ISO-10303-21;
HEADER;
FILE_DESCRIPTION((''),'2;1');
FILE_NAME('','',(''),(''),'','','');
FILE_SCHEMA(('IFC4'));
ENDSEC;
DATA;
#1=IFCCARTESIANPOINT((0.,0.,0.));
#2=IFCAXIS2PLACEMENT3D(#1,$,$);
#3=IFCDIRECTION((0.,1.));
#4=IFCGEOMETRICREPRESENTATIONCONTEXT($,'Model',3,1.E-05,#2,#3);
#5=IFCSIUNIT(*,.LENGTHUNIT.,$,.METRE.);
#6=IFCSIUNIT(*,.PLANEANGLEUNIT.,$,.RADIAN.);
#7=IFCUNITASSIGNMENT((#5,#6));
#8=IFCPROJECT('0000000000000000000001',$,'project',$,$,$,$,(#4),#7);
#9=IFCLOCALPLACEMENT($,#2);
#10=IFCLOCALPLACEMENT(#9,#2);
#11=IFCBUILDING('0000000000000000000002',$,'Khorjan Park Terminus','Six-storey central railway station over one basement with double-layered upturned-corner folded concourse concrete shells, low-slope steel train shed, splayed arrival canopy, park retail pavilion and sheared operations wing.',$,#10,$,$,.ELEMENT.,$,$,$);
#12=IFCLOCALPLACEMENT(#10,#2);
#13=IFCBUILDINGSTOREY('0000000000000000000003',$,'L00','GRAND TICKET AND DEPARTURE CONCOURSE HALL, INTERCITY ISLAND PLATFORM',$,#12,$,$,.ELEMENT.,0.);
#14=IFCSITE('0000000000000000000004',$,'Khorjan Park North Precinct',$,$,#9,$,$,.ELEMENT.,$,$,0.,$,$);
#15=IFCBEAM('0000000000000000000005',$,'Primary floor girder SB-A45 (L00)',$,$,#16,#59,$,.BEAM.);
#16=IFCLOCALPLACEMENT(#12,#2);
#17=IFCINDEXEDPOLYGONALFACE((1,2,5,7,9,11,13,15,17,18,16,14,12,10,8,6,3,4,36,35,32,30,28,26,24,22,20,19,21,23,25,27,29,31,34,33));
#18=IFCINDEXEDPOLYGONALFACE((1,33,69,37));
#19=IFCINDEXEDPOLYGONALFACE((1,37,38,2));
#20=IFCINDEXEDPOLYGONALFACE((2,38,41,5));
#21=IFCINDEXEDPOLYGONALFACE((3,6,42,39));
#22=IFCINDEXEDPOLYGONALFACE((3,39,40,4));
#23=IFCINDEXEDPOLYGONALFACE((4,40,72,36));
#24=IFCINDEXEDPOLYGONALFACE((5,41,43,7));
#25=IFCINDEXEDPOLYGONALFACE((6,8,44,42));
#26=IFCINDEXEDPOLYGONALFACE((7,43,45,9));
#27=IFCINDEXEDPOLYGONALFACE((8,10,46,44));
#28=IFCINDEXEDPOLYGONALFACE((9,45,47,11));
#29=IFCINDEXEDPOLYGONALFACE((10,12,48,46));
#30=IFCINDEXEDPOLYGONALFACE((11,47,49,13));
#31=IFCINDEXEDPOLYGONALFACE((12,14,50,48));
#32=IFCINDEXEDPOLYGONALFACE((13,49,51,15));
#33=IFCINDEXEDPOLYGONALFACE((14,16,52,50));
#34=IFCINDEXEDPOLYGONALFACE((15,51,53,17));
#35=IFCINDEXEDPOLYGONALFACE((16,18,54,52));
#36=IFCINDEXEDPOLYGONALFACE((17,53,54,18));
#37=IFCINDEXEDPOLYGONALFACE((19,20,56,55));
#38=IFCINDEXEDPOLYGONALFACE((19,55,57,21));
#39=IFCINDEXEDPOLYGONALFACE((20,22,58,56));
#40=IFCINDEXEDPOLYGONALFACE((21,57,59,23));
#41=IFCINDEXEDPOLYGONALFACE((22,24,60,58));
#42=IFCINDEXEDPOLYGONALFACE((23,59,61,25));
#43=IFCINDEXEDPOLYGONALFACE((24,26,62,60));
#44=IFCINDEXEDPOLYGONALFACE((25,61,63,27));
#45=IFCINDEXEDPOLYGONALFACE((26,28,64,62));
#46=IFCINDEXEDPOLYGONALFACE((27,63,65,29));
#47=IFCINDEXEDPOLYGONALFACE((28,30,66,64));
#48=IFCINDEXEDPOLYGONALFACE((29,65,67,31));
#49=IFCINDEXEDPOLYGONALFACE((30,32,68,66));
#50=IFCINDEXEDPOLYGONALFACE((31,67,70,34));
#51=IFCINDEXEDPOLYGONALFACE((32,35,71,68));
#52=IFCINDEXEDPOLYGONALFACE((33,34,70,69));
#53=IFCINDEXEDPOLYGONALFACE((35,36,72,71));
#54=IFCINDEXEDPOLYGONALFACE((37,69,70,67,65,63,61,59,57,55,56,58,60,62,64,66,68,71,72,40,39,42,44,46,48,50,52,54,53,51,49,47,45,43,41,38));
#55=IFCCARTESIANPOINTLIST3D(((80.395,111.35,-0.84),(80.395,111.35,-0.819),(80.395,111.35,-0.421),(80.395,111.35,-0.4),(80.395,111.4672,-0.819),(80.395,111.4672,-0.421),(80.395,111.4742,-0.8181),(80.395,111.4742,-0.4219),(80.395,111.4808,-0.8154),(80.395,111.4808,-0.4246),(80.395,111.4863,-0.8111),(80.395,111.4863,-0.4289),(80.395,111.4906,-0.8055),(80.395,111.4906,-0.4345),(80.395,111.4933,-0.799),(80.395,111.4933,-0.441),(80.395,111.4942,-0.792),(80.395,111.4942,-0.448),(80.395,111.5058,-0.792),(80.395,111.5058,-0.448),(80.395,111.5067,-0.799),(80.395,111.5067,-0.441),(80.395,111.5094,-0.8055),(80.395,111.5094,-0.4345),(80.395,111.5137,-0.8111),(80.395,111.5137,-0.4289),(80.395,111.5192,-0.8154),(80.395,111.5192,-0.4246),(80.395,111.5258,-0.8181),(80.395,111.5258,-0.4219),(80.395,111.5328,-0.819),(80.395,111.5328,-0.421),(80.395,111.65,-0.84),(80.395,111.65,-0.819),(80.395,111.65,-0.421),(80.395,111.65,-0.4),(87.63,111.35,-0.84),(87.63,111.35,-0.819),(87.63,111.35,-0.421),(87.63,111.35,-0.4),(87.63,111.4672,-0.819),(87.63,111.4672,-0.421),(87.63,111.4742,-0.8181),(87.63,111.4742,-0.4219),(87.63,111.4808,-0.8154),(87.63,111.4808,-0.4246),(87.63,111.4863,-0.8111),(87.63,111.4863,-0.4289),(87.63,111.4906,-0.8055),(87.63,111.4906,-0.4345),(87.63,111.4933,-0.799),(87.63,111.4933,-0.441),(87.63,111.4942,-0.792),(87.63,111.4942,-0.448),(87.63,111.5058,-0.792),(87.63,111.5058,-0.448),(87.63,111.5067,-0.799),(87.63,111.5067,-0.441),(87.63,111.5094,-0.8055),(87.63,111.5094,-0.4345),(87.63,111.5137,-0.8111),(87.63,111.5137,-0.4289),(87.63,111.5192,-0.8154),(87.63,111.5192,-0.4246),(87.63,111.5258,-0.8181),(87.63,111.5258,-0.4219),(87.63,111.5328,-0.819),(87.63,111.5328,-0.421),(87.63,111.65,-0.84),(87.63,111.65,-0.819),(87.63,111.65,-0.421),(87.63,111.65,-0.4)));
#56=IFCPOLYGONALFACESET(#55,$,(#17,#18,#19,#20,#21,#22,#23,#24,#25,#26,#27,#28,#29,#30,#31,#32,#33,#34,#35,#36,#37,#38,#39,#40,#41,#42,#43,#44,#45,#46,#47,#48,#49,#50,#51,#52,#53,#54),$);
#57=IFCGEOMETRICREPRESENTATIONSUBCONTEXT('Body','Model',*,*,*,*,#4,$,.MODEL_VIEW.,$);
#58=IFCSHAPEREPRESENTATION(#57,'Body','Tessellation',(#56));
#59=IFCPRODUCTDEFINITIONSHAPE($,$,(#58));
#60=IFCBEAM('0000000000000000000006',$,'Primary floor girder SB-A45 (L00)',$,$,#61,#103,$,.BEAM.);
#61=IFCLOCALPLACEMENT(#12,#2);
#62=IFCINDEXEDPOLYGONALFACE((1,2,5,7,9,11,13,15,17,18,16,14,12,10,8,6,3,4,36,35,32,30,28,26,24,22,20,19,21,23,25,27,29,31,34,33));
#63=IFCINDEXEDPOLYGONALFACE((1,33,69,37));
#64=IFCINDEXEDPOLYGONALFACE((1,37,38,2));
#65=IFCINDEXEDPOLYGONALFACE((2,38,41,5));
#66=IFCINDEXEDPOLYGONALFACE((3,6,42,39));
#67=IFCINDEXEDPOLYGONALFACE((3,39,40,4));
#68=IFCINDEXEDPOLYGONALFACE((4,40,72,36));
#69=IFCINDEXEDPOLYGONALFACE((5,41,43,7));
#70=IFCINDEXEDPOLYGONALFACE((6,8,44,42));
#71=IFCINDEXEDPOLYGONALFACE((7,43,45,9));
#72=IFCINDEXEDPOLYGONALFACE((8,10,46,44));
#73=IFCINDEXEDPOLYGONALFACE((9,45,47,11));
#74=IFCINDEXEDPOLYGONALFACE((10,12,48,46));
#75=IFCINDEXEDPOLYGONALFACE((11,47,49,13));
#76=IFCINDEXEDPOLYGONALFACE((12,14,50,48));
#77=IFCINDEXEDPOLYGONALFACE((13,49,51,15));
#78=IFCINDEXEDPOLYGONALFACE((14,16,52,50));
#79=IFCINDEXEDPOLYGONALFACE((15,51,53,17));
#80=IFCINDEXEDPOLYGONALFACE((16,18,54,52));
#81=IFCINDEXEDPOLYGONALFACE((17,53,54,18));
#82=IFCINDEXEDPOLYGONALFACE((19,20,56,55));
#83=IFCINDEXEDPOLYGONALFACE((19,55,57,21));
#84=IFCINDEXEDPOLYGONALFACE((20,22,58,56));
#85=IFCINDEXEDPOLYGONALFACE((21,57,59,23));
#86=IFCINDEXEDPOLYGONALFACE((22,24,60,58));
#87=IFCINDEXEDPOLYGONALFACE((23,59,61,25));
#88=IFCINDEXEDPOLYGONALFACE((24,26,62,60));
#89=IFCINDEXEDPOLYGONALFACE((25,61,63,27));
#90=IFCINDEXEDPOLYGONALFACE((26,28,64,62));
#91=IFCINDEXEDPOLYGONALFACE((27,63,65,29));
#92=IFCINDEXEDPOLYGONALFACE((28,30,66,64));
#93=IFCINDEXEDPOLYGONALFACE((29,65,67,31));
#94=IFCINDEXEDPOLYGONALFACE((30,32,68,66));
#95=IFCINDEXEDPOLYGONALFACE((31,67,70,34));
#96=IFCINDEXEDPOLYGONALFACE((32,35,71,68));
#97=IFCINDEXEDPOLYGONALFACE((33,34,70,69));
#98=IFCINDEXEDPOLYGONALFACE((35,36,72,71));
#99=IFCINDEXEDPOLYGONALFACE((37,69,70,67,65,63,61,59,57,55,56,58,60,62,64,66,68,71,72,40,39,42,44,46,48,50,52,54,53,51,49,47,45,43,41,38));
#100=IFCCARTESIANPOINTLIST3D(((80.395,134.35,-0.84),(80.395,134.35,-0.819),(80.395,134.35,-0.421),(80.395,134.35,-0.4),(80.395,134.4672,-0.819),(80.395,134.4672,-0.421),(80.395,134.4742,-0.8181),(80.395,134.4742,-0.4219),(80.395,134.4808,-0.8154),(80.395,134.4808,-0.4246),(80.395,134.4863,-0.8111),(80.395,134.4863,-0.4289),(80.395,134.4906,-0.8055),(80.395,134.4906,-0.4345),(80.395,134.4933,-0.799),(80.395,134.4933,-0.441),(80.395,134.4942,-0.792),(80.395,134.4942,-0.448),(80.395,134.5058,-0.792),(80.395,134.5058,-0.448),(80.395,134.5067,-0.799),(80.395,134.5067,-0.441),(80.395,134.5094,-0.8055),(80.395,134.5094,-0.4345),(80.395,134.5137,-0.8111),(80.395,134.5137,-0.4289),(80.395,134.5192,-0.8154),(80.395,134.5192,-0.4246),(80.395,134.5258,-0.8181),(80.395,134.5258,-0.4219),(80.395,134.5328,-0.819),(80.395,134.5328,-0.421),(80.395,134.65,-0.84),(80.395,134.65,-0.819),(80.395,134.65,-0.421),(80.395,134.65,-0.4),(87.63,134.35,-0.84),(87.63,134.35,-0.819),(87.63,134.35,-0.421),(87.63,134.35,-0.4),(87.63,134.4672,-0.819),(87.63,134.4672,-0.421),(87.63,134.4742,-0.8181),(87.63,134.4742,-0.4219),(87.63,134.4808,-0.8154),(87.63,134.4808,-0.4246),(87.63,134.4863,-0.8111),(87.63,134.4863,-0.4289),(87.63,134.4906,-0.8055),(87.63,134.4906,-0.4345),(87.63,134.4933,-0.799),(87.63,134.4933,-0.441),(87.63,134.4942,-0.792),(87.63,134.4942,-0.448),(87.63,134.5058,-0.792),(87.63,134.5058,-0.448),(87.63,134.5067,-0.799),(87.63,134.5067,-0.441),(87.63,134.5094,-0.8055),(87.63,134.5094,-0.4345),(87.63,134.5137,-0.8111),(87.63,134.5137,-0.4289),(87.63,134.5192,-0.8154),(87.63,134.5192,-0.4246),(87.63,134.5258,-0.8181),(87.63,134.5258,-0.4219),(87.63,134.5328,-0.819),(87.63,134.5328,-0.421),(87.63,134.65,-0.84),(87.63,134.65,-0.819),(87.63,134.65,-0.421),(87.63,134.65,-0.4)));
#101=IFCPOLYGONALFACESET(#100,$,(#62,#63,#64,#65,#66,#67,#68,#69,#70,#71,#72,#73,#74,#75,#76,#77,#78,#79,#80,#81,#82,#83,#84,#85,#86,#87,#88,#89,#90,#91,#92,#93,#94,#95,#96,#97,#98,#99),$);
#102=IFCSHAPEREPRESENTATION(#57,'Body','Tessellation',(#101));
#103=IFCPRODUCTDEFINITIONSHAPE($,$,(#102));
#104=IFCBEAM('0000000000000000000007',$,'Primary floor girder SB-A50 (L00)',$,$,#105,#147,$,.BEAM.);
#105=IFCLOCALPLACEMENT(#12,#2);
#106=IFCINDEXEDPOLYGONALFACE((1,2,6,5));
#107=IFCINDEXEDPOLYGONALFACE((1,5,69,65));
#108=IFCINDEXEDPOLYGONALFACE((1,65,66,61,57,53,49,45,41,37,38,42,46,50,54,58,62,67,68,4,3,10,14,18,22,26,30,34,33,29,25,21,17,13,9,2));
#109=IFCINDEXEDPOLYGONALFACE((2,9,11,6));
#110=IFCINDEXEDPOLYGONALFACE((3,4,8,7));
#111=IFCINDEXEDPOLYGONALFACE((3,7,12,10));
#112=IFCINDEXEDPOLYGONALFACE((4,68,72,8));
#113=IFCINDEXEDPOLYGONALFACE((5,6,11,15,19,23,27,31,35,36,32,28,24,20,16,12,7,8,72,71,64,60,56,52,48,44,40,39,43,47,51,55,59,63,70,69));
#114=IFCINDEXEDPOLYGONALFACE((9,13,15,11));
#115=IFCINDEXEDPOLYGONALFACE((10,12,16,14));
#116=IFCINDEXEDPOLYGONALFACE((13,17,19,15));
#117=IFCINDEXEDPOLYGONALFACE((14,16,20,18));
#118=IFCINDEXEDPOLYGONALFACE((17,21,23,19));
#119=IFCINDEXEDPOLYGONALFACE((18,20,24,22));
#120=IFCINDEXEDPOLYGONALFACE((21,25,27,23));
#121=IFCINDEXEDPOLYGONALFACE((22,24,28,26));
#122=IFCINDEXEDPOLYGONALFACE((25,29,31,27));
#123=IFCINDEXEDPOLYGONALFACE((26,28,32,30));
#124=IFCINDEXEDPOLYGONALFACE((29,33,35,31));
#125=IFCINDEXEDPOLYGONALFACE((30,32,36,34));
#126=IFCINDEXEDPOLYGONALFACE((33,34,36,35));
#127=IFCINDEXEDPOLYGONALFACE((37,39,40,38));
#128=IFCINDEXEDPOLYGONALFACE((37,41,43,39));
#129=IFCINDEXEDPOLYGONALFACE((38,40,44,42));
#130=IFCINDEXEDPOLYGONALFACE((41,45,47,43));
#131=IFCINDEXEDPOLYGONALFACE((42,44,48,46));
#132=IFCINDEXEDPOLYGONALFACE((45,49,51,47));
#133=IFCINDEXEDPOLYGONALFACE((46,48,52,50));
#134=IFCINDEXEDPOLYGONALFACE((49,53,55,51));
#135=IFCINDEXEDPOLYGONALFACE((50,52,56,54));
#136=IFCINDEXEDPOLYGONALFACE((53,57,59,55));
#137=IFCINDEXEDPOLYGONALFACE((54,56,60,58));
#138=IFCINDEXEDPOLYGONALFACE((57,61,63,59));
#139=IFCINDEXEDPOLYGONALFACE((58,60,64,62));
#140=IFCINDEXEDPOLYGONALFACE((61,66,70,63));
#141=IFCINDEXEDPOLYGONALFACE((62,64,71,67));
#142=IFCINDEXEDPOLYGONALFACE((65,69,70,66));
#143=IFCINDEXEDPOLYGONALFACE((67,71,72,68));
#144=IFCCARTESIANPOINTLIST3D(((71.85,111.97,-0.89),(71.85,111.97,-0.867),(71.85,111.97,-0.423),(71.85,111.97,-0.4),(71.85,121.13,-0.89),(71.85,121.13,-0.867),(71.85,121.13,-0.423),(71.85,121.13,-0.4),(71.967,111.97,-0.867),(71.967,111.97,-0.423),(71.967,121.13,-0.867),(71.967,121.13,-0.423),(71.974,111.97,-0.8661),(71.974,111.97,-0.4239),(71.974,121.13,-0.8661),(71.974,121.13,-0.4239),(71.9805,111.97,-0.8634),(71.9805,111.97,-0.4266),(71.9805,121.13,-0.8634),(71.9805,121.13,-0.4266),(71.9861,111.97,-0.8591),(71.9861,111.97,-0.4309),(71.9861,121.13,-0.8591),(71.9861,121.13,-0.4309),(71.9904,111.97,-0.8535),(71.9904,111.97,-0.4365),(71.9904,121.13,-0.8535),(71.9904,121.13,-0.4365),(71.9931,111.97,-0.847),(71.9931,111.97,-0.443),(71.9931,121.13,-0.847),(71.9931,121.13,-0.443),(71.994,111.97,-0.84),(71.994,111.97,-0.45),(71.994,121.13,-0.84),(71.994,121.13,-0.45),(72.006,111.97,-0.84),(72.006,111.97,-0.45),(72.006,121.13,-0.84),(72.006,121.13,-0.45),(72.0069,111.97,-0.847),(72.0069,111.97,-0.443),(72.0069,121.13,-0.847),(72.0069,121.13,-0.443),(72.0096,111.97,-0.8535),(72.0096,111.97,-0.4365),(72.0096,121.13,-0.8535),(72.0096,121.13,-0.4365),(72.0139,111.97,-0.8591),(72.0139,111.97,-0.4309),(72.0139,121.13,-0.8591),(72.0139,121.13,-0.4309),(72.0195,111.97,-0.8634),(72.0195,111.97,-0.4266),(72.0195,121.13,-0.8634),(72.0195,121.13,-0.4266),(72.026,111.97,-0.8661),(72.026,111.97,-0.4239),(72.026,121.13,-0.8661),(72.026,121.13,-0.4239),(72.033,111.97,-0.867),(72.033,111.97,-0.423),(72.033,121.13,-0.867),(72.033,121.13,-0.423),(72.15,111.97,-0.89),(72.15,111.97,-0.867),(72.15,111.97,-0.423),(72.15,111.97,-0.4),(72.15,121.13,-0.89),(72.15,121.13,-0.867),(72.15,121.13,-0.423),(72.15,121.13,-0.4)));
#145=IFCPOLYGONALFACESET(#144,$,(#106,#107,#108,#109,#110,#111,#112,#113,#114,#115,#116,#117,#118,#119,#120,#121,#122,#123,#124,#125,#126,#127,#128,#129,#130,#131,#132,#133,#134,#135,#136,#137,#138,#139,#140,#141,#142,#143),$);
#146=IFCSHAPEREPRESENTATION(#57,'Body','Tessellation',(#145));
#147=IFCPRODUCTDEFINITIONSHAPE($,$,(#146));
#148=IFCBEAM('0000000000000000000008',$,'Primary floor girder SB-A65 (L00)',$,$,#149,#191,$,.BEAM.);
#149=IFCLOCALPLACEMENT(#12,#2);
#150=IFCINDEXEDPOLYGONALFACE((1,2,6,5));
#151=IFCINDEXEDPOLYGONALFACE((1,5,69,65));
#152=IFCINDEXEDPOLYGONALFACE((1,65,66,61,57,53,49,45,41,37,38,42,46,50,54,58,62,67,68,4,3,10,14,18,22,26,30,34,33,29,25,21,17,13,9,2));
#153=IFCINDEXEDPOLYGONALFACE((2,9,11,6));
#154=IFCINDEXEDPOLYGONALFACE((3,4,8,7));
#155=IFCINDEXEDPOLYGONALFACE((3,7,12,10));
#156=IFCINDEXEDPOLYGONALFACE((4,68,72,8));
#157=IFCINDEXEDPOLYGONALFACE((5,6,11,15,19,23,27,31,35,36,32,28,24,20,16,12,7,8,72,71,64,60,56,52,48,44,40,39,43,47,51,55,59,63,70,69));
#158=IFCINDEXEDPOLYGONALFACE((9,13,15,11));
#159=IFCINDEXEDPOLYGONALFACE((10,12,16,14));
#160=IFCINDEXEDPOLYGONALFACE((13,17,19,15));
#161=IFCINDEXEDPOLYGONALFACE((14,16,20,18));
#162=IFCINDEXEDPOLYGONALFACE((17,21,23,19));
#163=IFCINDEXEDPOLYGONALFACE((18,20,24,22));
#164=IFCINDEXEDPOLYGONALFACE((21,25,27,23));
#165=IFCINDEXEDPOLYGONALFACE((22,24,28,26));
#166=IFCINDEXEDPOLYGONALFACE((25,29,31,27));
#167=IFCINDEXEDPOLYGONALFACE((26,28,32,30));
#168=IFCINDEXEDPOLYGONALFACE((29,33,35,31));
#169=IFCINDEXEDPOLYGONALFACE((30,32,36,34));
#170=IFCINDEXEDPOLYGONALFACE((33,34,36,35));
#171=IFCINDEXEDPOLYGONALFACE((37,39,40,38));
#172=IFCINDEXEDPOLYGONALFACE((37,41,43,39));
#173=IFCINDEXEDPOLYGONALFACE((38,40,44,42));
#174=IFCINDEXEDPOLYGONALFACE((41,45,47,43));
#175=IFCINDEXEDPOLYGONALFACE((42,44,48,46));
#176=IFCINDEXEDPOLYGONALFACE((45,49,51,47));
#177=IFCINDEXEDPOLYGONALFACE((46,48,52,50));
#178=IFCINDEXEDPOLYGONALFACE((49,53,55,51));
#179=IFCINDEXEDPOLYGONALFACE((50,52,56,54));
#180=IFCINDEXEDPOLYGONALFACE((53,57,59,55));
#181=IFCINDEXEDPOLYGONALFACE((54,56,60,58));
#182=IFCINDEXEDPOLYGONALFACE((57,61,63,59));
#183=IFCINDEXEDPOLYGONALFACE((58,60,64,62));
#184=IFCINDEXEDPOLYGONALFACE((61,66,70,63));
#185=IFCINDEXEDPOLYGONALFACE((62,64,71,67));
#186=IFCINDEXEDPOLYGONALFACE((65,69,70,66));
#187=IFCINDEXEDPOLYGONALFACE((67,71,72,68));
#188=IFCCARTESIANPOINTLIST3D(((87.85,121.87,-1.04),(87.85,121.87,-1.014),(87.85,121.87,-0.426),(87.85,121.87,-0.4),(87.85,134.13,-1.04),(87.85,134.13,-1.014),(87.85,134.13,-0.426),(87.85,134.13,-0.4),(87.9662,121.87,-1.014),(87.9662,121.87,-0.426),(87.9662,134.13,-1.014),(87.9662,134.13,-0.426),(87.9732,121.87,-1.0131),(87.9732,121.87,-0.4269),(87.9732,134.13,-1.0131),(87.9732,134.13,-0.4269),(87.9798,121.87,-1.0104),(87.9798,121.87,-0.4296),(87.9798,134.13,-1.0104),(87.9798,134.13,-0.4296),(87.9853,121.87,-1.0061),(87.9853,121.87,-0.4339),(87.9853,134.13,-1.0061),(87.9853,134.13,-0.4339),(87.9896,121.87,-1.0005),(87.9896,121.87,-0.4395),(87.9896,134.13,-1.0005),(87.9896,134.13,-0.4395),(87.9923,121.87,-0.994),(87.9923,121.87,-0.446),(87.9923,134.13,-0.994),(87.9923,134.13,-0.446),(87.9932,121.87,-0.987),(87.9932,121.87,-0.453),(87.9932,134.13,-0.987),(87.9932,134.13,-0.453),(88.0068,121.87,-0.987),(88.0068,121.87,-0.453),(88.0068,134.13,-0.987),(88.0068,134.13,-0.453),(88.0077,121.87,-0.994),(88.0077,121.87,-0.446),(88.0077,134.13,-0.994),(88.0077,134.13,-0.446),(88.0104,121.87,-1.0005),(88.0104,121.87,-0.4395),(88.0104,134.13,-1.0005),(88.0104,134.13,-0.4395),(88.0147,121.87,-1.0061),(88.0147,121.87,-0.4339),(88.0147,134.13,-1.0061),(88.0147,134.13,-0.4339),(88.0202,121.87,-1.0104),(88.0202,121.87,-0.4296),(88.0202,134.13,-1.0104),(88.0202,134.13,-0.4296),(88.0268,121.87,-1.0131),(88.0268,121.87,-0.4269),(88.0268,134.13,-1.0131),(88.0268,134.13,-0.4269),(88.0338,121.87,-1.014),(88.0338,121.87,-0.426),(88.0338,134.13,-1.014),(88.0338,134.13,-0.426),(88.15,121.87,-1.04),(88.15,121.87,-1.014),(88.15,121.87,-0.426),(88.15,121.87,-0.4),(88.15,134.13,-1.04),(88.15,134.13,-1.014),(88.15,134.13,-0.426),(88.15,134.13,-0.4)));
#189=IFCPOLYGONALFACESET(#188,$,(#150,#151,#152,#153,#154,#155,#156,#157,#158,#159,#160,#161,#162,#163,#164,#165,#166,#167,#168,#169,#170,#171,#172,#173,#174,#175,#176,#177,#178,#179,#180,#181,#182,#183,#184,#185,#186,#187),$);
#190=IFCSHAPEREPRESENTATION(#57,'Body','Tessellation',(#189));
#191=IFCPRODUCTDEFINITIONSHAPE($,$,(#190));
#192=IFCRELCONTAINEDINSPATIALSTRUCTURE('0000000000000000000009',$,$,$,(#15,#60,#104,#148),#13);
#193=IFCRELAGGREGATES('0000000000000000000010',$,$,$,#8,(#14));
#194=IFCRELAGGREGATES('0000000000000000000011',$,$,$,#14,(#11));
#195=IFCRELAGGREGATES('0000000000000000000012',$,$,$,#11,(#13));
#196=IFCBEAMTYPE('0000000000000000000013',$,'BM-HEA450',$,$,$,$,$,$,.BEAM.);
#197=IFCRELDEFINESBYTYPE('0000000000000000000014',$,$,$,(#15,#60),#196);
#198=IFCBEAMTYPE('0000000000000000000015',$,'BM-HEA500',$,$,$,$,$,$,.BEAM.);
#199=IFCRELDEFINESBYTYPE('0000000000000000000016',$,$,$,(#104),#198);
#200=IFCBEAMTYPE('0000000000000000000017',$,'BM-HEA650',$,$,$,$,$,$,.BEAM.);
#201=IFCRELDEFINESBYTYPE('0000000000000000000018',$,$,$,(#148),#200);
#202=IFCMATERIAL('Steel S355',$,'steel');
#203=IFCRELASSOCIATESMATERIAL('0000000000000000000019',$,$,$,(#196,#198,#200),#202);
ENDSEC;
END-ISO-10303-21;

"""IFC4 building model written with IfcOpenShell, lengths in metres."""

from ifc_helpers import new_model, si_unit, direction, frame, origin, origin_2d, place, context, subcontext, project, spatial, i_section, extrude, material, material_profile, profile_set, type_object, element, save


model = new_model("IFC4")

# Units and contexts
model_context = context("Model", 3, precision=1e-05, world=origin(), true_north=direction((0.0, 1.0)))
body_context = subcontext(model_context, "Body", "Model", "MODEL_VIEW")
ifc_project = project(units=[si_unit("LENGTHUNIT", "METRE"), si_unit("PLANEANGLEUNIT", "RADIAN")], contexts=[model_context])

# Site, building, storey
site_placement = place(None, origin())
site = spatial("IfcSite", under=ifc_project, at=site_placement, Name="Khorjan Park North Precinct", CompositionType="ELEMENT", RefElevation=0.0)
building_placement = place(site_placement, origin())
building = spatial("IfcBuilding", under=site, at=building_placement, Name="Khorjan Park Terminus", Description="Six-storey central railway station over one basement with double-layered upturned-corner folded concourse concrete shells, low-slope steel train shed, splayed arrival canopy, park retail pavilion and sheared operations wing.", CompositionType="ELEMENT")
storey_placement = place(building_placement, origin())
storey = spatial("IfcBuildingStorey", under=building, at=storey_placement, Name="L00", Description="GRAND TICKET AND DEPARTURE CONCOURSE HALL, INTERCITY ISLAND PLATFORM", CompositionType="ELEMENT", Elevation=0.0)

# Beams
ifc_material_1 = material(Name="Steel S355", Category="steel")
ifc_material_profile_1 = material_profile(ifc_material_1, i_section(OverallWidth=0.3, OverallDepth=0.44, WebThickness=0.0115, FlangeThickness=0.021, FilletRadius=0.027, at=origin_2d()), Name="HEA 450")
ifc_profile_set_1 = profile_set([ifc_material_profile_1], Name="Steel S355")
beam_type_1 = type_object("IfcBeamType", Name="BM-HEA450", PredefinedType="BEAM", material=ifc_profile_set_1)
for number, where, z_axis, x_axis, name in (
    (1, (80.395, 111.5, -0.62), (1.0, 0.0, 0.0), (0.0, 1.0, 0.0), "Primary floor girder SB-A45 (L00)"),
    (2, (80.395, 134.5, -0.62), (1.0, 0.0, 0.0), (0.0, 1.0, 0.0), "Primary floor girder SB-A45 (L00)"),
):
    element("IfcBeam", number, at=place(storey_placement, frame(where, z_axis=z_axis, x_axis=x_axis)), inside=storey, type_object=beam_type_1, Name=name, PredefinedType="BEAM", context=body_context, shape_type="SweptSolid", body=[
        extrude(i_section(OverallWidth=0.3, OverallDepth=0.44, WebThickness=0.0115, FlangeThickness=0.021, FilletRadius=0.027, at=origin_2d()), origin(), (0.0, 0.0, 1.0), 7.235),
    ])
ifc_material_profile_2 = material_profile(ifc_material_1, i_section(OverallWidth=0.3, OverallDepth=0.49, WebThickness=0.012, FlangeThickness=0.023, FilletRadius=0.027, at=origin_2d()), Name="HEA 500")
ifc_profile_set_2 = profile_set([ifc_material_profile_2], Name="Steel S355")
beam_type_2 = type_object("IfcBeamType", Name="BM-HEA500", PredefinedType="BEAM", material=ifc_profile_set_2)
beam_1_placement = place(storey_placement, frame((72.0, 111.97, -0.645), z_axis=(0.0, 1.0, 0.0), x_axis=(-1.0, 0.0, 0.0)))
element("IfcBeam", 3, at=beam_1_placement, inside=storey, type_object=beam_type_2, Name="Primary floor girder SB-A50 (L00)", PredefinedType="BEAM", context=body_context, shape_type="SweptSolid", body=[
    extrude(i_section(OverallWidth=0.3, OverallDepth=0.49, WebThickness=0.012, FlangeThickness=0.023, FilletRadius=0.027, at=origin_2d()), origin(), (0.0, 0.0, 1.0), 9.16),
])
ifc_material_profile_3 = material_profile(ifc_material_1, i_section(OverallWidth=0.3, OverallDepth=0.64, WebThickness=0.0135, FlangeThickness=0.026, FilletRadius=0.027, at=origin_2d()), Name="HEA 650")
ifc_profile_set_3 = profile_set([ifc_material_profile_3], Name="Steel S355")
beam_type_3 = type_object("IfcBeamType", Name="BM-HEA650", PredefinedType="BEAM", material=ifc_profile_set_3)
beam_2_placement = place(storey_placement, frame((88.0, 121.87, -0.72), z_axis=(0.0, 1.0, 0.0), x_axis=(-1.0, 0.0, 0.0)))
element("IfcBeam", 4, at=beam_2_placement, inside=storey, type_object=beam_type_3, Name="Primary floor girder SB-A65 (L00)", PredefinedType="BEAM", context=body_context, shape_type="SweptSolid", body=[
    extrude(i_section(OverallWidth=0.3, OverallDepth=0.64, WebThickness=0.0135, FlangeThickness=0.026, FilletRadius=0.027, at=origin_2d()), origin(), (0.0, 0.0, 1.0), 12.26),
])

save(model, "model.ifc")
